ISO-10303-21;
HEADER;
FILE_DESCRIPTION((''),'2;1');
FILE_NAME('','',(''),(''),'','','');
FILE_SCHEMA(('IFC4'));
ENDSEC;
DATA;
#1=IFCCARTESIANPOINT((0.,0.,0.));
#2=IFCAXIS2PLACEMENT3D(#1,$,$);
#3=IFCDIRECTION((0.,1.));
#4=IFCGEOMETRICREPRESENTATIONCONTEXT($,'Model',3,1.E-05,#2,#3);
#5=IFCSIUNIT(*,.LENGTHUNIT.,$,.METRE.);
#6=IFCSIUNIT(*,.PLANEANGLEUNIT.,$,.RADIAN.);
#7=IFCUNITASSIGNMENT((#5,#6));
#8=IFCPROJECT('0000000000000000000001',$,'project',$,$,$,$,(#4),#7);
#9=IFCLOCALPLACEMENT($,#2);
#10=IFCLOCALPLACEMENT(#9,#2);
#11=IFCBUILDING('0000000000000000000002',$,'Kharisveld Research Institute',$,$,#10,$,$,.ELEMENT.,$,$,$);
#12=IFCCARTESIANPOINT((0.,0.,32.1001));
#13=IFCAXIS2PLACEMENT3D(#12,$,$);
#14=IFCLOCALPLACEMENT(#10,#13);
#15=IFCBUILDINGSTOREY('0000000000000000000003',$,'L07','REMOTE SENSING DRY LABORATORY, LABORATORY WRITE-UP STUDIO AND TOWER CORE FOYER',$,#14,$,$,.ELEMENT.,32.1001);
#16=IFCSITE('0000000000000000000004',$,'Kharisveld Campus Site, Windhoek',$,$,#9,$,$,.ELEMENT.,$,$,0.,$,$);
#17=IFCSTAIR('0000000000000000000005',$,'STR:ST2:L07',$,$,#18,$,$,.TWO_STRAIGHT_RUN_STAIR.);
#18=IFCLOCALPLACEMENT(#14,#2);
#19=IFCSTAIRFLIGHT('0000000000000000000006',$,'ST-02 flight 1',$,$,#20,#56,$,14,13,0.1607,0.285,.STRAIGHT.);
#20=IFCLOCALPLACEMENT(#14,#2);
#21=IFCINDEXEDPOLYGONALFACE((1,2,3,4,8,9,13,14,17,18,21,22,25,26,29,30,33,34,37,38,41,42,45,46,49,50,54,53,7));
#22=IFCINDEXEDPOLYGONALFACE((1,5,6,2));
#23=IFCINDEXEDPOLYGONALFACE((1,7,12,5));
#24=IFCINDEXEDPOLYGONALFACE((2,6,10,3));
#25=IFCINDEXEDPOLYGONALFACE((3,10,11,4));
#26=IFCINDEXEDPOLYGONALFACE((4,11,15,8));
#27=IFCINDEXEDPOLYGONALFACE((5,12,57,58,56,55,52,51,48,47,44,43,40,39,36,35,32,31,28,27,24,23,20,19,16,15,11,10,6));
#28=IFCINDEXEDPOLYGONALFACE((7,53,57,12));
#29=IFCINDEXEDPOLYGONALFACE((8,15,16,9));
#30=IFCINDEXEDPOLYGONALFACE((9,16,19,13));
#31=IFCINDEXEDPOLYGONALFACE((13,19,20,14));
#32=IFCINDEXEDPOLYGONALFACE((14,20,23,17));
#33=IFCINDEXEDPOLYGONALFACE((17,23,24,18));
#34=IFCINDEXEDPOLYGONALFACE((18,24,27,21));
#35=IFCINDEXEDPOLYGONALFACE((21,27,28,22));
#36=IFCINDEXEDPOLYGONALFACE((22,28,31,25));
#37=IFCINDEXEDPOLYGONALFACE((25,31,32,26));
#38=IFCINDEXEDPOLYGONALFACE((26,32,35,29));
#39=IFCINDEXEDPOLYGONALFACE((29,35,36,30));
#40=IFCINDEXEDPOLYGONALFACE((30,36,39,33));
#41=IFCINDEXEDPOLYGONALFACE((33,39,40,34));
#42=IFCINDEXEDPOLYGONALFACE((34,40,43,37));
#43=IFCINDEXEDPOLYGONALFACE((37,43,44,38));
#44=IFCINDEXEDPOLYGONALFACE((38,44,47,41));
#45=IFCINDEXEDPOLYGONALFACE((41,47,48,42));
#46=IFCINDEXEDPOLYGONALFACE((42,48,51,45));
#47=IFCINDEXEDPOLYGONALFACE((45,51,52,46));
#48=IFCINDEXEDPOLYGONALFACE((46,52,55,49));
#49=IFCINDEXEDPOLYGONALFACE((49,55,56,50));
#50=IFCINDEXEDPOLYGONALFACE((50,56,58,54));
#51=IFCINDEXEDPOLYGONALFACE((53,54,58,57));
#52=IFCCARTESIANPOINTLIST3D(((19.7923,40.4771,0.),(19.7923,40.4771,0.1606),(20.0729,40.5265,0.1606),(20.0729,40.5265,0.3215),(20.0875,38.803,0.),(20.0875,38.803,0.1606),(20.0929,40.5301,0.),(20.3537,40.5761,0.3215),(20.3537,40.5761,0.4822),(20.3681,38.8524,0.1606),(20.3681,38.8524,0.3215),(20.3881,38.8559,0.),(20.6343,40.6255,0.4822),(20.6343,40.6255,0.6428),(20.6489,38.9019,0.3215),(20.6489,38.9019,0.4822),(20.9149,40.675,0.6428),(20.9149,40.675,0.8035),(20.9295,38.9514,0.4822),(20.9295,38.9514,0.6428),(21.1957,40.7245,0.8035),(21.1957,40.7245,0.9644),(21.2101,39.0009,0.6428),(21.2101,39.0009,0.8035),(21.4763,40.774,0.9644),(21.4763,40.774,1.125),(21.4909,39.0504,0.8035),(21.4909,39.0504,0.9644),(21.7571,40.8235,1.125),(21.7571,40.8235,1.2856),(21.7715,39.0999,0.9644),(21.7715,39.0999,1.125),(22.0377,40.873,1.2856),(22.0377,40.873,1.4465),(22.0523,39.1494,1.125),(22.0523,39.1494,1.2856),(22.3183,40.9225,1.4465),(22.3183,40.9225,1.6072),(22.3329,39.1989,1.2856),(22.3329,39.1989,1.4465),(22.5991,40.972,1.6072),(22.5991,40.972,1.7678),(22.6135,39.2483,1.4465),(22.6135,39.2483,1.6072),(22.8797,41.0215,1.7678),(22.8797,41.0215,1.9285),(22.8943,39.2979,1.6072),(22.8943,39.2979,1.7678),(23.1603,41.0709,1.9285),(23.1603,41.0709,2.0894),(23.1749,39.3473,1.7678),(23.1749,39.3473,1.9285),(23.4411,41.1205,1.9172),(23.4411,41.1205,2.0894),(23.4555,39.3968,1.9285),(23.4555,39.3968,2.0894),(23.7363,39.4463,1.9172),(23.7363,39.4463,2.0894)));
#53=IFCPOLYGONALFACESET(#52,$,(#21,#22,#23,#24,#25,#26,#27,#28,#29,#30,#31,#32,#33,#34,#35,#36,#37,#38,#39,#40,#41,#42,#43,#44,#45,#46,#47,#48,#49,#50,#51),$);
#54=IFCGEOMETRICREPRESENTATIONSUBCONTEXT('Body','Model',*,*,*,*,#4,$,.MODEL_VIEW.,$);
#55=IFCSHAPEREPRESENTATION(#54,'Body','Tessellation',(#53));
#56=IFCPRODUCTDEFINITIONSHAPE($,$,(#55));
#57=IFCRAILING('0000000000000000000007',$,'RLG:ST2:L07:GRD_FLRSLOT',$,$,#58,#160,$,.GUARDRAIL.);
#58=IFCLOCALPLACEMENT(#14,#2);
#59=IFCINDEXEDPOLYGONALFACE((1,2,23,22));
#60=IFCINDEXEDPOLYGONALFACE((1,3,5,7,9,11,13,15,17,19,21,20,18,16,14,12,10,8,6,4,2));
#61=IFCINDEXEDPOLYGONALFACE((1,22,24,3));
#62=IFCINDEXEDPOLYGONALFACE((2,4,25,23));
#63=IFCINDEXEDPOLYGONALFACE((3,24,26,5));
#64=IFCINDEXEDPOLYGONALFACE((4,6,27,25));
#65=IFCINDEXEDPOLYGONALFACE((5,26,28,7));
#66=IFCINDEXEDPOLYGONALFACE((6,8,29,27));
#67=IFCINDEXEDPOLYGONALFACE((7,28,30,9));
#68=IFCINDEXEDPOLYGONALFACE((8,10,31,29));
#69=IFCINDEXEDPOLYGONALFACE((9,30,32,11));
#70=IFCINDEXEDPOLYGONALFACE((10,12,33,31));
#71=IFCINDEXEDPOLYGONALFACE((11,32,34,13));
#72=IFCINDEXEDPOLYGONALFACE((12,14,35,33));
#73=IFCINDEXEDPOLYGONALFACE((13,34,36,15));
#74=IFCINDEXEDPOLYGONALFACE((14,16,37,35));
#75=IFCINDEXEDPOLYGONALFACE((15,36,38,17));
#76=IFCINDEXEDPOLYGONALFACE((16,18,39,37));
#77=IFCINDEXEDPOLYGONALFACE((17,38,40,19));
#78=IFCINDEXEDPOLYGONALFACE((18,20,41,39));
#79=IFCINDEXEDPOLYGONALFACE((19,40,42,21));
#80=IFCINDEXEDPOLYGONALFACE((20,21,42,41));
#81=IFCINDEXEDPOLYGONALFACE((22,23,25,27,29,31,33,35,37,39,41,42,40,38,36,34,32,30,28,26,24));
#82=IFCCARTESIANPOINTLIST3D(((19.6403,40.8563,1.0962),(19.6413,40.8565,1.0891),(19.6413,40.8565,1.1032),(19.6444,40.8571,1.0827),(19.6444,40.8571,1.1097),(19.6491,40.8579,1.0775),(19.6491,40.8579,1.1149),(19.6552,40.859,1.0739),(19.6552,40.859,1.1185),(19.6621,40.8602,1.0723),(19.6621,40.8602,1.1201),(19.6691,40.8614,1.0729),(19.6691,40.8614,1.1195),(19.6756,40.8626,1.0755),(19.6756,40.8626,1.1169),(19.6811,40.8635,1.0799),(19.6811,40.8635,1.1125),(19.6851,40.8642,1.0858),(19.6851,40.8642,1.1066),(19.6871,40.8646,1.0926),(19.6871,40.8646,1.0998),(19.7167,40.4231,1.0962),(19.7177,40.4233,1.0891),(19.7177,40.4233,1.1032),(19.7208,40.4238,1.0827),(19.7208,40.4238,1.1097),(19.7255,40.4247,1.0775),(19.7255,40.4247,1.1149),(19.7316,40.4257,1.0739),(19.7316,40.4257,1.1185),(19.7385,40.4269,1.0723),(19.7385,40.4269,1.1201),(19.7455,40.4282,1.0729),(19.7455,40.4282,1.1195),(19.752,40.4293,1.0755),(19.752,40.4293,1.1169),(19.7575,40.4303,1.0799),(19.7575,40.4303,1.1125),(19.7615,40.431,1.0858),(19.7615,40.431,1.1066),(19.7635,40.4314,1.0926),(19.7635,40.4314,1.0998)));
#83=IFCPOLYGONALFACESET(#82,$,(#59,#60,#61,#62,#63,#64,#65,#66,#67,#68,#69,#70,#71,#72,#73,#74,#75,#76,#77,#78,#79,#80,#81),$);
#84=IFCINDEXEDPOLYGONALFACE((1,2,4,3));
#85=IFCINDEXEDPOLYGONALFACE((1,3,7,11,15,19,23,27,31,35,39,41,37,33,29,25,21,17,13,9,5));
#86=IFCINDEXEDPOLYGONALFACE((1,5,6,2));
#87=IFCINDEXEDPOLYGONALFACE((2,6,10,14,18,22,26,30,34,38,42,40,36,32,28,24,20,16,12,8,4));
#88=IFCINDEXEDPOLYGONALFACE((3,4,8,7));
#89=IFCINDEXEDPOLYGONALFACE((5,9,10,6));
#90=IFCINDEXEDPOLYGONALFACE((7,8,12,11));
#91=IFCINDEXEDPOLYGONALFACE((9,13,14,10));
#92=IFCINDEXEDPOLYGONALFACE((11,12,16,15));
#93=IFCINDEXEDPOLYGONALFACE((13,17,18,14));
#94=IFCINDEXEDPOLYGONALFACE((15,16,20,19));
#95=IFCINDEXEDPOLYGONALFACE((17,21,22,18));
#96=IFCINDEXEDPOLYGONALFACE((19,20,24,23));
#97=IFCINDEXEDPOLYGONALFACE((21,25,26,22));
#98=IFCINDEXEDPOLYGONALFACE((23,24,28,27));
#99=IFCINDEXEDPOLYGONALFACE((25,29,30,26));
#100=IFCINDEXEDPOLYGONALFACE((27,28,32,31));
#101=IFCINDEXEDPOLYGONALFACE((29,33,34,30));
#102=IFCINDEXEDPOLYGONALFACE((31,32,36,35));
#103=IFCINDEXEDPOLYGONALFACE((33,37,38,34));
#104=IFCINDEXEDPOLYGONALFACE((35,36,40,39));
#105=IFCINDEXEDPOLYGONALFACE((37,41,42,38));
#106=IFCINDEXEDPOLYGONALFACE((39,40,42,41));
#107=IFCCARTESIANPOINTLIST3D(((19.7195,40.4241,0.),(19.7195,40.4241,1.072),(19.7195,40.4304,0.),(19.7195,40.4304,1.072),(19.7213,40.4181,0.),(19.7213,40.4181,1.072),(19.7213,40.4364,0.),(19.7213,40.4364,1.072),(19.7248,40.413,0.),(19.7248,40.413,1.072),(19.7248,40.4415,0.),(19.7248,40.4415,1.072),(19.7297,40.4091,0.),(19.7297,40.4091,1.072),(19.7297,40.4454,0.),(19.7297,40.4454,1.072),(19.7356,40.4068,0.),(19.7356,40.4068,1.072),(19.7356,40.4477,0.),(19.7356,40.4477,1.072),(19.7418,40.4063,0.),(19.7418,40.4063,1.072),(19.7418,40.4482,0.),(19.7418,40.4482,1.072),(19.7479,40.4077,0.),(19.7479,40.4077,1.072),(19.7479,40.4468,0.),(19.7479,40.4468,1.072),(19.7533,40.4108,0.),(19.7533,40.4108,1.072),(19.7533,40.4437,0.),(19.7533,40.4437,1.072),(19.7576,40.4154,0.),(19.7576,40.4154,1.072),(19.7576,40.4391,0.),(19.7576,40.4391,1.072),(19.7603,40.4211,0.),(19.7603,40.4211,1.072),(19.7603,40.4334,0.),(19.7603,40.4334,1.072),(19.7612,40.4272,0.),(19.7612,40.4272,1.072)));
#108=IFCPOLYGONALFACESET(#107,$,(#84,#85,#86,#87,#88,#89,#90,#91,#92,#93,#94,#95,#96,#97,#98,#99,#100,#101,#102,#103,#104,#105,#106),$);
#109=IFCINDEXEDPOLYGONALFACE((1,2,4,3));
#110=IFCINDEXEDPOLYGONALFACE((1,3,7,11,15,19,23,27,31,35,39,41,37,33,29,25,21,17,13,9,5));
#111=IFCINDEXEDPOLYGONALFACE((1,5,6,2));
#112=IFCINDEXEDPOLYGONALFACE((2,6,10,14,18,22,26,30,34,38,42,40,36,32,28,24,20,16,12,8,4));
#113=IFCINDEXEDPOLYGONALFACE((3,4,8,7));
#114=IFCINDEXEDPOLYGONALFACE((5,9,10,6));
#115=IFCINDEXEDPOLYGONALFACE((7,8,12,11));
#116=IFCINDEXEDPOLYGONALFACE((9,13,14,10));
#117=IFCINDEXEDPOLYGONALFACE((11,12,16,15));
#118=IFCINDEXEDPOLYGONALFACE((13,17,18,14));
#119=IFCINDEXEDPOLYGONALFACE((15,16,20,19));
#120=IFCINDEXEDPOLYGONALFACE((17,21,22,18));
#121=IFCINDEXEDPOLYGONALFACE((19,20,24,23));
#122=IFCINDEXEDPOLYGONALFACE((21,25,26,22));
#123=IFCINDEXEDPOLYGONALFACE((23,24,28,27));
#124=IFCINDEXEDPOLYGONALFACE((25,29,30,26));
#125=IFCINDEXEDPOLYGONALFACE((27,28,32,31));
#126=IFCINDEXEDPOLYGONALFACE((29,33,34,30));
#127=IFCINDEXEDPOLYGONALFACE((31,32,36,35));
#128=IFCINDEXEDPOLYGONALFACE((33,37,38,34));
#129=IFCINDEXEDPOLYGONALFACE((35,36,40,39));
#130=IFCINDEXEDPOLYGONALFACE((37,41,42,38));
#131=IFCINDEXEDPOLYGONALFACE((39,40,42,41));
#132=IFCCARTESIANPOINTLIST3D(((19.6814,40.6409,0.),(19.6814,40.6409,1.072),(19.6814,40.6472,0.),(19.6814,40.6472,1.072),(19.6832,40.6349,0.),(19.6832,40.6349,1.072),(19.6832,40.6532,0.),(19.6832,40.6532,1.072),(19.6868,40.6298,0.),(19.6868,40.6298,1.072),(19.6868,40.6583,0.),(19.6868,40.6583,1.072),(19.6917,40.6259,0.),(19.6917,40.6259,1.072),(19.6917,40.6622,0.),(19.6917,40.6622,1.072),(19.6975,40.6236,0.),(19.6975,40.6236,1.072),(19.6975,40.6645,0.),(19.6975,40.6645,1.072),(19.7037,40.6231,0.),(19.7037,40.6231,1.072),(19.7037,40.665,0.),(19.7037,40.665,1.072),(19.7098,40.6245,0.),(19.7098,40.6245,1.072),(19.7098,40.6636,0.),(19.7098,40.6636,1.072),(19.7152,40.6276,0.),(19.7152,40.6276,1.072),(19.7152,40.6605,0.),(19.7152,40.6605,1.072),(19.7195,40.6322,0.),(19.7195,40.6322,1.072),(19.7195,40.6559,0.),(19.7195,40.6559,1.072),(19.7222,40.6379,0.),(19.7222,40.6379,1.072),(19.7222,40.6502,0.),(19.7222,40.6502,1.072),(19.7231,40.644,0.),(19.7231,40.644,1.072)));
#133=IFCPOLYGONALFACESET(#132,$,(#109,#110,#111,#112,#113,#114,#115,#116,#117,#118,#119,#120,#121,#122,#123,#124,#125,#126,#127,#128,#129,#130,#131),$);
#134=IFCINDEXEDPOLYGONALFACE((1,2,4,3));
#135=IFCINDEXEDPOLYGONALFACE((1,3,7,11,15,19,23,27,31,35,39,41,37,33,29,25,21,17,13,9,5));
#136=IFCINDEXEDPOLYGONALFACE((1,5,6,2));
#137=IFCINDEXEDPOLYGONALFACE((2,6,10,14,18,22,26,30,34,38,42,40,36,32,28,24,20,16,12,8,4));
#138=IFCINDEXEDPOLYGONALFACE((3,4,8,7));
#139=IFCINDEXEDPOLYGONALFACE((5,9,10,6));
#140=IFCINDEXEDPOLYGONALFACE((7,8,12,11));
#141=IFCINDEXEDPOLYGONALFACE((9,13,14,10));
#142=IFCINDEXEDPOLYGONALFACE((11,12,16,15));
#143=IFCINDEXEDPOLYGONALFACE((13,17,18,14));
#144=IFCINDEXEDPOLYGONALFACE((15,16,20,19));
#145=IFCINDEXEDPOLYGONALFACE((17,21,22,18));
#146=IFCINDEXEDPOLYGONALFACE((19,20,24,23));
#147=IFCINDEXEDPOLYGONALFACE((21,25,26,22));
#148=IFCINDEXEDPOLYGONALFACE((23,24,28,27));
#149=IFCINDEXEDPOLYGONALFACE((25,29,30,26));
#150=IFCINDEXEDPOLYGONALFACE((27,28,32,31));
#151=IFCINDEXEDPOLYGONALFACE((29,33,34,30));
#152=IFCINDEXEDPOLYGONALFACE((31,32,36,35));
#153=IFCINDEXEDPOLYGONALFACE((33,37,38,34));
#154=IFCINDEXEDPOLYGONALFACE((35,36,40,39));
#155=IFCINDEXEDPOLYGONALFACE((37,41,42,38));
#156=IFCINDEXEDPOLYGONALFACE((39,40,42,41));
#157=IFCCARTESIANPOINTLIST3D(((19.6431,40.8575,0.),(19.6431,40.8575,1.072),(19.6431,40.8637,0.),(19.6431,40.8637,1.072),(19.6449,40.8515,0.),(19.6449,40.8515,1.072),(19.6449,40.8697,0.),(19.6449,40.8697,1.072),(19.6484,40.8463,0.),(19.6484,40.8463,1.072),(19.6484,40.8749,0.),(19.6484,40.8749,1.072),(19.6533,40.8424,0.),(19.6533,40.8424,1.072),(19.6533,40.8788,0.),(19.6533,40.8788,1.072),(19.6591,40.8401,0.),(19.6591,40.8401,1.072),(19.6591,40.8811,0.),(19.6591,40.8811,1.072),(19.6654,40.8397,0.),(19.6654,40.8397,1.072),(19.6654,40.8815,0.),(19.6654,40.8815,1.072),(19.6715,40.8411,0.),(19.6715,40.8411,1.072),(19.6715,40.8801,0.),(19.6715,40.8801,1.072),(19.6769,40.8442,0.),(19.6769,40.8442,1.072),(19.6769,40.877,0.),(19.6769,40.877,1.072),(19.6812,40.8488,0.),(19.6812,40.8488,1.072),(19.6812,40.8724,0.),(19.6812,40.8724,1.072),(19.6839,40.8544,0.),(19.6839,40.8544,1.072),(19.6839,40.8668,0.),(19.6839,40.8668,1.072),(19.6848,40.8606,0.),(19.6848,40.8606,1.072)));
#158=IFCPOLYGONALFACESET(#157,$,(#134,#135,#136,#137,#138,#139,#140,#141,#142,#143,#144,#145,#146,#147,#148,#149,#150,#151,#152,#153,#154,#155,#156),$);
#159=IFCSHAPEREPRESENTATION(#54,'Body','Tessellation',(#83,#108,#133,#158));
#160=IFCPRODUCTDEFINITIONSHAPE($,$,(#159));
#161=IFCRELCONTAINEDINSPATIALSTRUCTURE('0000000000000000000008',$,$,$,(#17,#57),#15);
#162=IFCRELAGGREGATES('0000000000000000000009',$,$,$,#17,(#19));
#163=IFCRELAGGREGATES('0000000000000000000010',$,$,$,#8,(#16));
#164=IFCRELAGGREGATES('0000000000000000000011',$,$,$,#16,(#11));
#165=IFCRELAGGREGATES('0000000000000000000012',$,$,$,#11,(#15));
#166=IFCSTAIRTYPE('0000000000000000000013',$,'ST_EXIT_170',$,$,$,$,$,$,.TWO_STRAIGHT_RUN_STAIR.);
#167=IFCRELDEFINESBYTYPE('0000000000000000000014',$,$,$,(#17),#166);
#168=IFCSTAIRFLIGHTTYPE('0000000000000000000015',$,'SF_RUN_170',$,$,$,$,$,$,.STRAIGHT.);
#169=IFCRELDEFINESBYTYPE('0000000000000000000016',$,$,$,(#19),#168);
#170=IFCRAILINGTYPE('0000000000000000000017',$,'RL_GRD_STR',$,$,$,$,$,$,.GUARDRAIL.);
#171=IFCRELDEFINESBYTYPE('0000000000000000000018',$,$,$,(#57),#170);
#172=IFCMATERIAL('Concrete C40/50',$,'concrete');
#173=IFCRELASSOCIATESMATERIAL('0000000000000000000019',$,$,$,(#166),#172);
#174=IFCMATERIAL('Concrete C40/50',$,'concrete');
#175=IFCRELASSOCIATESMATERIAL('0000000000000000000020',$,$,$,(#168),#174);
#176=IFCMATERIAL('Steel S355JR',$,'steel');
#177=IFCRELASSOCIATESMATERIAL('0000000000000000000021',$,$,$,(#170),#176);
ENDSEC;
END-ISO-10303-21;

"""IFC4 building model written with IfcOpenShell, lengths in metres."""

from ifc_helpers import new_model, si_unit, direction, frame, origin, origin_2d, place, context, subcontext, project, spatial, polyline, circle, outline, extrude, material, type_object, element, aggregate, save


model = new_model("IFC4")

# Units and contexts
model_context = context("Model", 3, precision=1e-05, world=origin(), true_north=direction((0.0, 1.0)))
body_context = subcontext(model_context, "Body", "Model", "MODEL_VIEW")
ifc_project = project(units=[si_unit("LENGTHUNIT", "METRE"), si_unit("PLANEANGLEUNIT", "RADIAN")], contexts=[model_context])

# Site, building, storey
site_placement = place(None, origin())
site = spatial("IfcSite", under=ifc_project, at=site_placement, Name="Kharisveld Campus Site, Windhoek", CompositionType="ELEMENT", RefElevation=0.0)
building_placement = place(site_placement, origin())
building = spatial("IfcBuilding", under=site, at=building_placement, Name="Kharisveld Research Institute", CompositionType="ELEMENT")
storey_placement = place(building_placement, frame((0.0, 0.0, 32.1001)))
storey = spatial("IfcBuildingStorey", under=building, at=storey_placement, Name="L07", Description="REMOTE SENSING DRY LABORATORY, LABORATORY WRITE-UP STUDIO AND TOWER CORE FOYER", CompositionType="ELEMENT", Elevation=32.1001)

# Stair, stair flight
ifc_material_1 = material(Name="Concrete C40/50", Category="concrete")
stair_type = type_object("IfcStairType", Name="ST_EXIT_170", PredefinedType="TWO_STRAIGHT_RUN_STAIR", material=ifc_material_1)
stair_placement = place(storey_placement, origin())
stair = element("IfcStair", 1, at=stair_placement, inside=storey, type_object=stair_type, Name="STR:ST2:L07", PredefinedType="TWO_STRAIGHT_RUN_STAIR")
ifc_material_2 = material(Name="Concrete C40/50", Category="concrete")
stair_flight_type = type_object("IfcStairFlightType", Name="SF_RUN_170", PredefinedType="STRAIGHT", material=ifc_material_2)
stair_flight_placement = place(storey_placement, frame((19.9399, 39.6399, 0.0), z_axis=(0.0, 0.0, 1.0), x_axis=(0.984808, 0.173648, 0.0)))
stair_flight = element("IfcStairFlight", 2, at=stair_flight_placement, type_object=stair_flight_type, Name="ST-02 flight 1", NumberOfRisers=14, NumberOfTreads=13, PredefinedType="STRAIGHT", RiserHeight=0.1607, TreadLength=0.285, context=body_context, shape_type="SweptSolid", body=[
    extrude(outline(polyline([(0.0, 0.0), (0.0, 0.1606), (0.2849, 0.1606), (0.2849, 0.3215), (0.5701, 0.3215), (0.5701, 0.4822), (0.855, 0.4822), (0.855, 0.6428), (1.1399, 0.6428), (1.1399, 0.8035), (1.425, 0.8035), (1.425, 0.9644), (1.71, 0.9644), (1.71, 1.125), (1.9951, 1.125), (1.9951, 1.2856), (2.28, 1.2856), (2.28, 1.4465), (2.5649, 1.4465), (2.5649, 1.6072), (2.8501, 1.6072), (2.8501, 1.7678), (3.135, 1.7678), (3.135, 1.9285), (3.4199, 1.9285), (3.4199, 2.0894), (3.7051, 2.0894), (3.7051, 2.25), (3.7051, 1.9172), (0.3052, 0.0), (0.0, 0.0)])), frame((0.0, 0.8501, 0.0), z_axis=(0.0, -1.0, 0.0), x_axis=(1.0, 0.0, 0.0)), (0.0, 0.0, 1.0), 1.7),
])
aggregate(stair, [stair_flight])

# Railing
ifc_material_3 = material(Name="Steel S355JR", Category="steel")
railing_type_1 = type_object("IfcRailingType", Name="RL_GRD_STR", PredefinedType="GUARDRAIL", material=ifc_material_3)
railing_1_placement = place(storey_placement, frame((19.7402, 40.4272, 0.0)))
element("IfcRailing", 3, at=railing_1_placement, inside=storey, type_object=railing_type_1, Name="RLG:ST2:L07:GRD_FLRSLOT", PredefinedType="GUARDRAIL", context=body_context, shape_type="SweptSolid", body=[
    extrude(circle(Radius=0.0239, at=origin_2d()), frame((0.0, 0.0, 1.0962), z_axis=(-0.173659, 0.984806, 0.0), x_axis=(-0.984806, -0.173659, 0.0)), (0.0, 0.0, 1.0), 0.4399),
    extrude(circle(Radius=0.021, at=origin_2d()), origin(), (0.0, 0.0, 1.0), 1.072),
    extrude(circle(Radius=0.021, at=origin_2d()), frame((-0.0381, 0.2168, 0.0)), (0.0, 0.0, 1.0), 1.072),
    extrude(circle(Radius=0.021, at=origin_2d()), frame((-0.0764, 0.4333, 0.0)), (0.0, 0.0, 1.0), 1.072),
])

save(model, "model.ifc")
